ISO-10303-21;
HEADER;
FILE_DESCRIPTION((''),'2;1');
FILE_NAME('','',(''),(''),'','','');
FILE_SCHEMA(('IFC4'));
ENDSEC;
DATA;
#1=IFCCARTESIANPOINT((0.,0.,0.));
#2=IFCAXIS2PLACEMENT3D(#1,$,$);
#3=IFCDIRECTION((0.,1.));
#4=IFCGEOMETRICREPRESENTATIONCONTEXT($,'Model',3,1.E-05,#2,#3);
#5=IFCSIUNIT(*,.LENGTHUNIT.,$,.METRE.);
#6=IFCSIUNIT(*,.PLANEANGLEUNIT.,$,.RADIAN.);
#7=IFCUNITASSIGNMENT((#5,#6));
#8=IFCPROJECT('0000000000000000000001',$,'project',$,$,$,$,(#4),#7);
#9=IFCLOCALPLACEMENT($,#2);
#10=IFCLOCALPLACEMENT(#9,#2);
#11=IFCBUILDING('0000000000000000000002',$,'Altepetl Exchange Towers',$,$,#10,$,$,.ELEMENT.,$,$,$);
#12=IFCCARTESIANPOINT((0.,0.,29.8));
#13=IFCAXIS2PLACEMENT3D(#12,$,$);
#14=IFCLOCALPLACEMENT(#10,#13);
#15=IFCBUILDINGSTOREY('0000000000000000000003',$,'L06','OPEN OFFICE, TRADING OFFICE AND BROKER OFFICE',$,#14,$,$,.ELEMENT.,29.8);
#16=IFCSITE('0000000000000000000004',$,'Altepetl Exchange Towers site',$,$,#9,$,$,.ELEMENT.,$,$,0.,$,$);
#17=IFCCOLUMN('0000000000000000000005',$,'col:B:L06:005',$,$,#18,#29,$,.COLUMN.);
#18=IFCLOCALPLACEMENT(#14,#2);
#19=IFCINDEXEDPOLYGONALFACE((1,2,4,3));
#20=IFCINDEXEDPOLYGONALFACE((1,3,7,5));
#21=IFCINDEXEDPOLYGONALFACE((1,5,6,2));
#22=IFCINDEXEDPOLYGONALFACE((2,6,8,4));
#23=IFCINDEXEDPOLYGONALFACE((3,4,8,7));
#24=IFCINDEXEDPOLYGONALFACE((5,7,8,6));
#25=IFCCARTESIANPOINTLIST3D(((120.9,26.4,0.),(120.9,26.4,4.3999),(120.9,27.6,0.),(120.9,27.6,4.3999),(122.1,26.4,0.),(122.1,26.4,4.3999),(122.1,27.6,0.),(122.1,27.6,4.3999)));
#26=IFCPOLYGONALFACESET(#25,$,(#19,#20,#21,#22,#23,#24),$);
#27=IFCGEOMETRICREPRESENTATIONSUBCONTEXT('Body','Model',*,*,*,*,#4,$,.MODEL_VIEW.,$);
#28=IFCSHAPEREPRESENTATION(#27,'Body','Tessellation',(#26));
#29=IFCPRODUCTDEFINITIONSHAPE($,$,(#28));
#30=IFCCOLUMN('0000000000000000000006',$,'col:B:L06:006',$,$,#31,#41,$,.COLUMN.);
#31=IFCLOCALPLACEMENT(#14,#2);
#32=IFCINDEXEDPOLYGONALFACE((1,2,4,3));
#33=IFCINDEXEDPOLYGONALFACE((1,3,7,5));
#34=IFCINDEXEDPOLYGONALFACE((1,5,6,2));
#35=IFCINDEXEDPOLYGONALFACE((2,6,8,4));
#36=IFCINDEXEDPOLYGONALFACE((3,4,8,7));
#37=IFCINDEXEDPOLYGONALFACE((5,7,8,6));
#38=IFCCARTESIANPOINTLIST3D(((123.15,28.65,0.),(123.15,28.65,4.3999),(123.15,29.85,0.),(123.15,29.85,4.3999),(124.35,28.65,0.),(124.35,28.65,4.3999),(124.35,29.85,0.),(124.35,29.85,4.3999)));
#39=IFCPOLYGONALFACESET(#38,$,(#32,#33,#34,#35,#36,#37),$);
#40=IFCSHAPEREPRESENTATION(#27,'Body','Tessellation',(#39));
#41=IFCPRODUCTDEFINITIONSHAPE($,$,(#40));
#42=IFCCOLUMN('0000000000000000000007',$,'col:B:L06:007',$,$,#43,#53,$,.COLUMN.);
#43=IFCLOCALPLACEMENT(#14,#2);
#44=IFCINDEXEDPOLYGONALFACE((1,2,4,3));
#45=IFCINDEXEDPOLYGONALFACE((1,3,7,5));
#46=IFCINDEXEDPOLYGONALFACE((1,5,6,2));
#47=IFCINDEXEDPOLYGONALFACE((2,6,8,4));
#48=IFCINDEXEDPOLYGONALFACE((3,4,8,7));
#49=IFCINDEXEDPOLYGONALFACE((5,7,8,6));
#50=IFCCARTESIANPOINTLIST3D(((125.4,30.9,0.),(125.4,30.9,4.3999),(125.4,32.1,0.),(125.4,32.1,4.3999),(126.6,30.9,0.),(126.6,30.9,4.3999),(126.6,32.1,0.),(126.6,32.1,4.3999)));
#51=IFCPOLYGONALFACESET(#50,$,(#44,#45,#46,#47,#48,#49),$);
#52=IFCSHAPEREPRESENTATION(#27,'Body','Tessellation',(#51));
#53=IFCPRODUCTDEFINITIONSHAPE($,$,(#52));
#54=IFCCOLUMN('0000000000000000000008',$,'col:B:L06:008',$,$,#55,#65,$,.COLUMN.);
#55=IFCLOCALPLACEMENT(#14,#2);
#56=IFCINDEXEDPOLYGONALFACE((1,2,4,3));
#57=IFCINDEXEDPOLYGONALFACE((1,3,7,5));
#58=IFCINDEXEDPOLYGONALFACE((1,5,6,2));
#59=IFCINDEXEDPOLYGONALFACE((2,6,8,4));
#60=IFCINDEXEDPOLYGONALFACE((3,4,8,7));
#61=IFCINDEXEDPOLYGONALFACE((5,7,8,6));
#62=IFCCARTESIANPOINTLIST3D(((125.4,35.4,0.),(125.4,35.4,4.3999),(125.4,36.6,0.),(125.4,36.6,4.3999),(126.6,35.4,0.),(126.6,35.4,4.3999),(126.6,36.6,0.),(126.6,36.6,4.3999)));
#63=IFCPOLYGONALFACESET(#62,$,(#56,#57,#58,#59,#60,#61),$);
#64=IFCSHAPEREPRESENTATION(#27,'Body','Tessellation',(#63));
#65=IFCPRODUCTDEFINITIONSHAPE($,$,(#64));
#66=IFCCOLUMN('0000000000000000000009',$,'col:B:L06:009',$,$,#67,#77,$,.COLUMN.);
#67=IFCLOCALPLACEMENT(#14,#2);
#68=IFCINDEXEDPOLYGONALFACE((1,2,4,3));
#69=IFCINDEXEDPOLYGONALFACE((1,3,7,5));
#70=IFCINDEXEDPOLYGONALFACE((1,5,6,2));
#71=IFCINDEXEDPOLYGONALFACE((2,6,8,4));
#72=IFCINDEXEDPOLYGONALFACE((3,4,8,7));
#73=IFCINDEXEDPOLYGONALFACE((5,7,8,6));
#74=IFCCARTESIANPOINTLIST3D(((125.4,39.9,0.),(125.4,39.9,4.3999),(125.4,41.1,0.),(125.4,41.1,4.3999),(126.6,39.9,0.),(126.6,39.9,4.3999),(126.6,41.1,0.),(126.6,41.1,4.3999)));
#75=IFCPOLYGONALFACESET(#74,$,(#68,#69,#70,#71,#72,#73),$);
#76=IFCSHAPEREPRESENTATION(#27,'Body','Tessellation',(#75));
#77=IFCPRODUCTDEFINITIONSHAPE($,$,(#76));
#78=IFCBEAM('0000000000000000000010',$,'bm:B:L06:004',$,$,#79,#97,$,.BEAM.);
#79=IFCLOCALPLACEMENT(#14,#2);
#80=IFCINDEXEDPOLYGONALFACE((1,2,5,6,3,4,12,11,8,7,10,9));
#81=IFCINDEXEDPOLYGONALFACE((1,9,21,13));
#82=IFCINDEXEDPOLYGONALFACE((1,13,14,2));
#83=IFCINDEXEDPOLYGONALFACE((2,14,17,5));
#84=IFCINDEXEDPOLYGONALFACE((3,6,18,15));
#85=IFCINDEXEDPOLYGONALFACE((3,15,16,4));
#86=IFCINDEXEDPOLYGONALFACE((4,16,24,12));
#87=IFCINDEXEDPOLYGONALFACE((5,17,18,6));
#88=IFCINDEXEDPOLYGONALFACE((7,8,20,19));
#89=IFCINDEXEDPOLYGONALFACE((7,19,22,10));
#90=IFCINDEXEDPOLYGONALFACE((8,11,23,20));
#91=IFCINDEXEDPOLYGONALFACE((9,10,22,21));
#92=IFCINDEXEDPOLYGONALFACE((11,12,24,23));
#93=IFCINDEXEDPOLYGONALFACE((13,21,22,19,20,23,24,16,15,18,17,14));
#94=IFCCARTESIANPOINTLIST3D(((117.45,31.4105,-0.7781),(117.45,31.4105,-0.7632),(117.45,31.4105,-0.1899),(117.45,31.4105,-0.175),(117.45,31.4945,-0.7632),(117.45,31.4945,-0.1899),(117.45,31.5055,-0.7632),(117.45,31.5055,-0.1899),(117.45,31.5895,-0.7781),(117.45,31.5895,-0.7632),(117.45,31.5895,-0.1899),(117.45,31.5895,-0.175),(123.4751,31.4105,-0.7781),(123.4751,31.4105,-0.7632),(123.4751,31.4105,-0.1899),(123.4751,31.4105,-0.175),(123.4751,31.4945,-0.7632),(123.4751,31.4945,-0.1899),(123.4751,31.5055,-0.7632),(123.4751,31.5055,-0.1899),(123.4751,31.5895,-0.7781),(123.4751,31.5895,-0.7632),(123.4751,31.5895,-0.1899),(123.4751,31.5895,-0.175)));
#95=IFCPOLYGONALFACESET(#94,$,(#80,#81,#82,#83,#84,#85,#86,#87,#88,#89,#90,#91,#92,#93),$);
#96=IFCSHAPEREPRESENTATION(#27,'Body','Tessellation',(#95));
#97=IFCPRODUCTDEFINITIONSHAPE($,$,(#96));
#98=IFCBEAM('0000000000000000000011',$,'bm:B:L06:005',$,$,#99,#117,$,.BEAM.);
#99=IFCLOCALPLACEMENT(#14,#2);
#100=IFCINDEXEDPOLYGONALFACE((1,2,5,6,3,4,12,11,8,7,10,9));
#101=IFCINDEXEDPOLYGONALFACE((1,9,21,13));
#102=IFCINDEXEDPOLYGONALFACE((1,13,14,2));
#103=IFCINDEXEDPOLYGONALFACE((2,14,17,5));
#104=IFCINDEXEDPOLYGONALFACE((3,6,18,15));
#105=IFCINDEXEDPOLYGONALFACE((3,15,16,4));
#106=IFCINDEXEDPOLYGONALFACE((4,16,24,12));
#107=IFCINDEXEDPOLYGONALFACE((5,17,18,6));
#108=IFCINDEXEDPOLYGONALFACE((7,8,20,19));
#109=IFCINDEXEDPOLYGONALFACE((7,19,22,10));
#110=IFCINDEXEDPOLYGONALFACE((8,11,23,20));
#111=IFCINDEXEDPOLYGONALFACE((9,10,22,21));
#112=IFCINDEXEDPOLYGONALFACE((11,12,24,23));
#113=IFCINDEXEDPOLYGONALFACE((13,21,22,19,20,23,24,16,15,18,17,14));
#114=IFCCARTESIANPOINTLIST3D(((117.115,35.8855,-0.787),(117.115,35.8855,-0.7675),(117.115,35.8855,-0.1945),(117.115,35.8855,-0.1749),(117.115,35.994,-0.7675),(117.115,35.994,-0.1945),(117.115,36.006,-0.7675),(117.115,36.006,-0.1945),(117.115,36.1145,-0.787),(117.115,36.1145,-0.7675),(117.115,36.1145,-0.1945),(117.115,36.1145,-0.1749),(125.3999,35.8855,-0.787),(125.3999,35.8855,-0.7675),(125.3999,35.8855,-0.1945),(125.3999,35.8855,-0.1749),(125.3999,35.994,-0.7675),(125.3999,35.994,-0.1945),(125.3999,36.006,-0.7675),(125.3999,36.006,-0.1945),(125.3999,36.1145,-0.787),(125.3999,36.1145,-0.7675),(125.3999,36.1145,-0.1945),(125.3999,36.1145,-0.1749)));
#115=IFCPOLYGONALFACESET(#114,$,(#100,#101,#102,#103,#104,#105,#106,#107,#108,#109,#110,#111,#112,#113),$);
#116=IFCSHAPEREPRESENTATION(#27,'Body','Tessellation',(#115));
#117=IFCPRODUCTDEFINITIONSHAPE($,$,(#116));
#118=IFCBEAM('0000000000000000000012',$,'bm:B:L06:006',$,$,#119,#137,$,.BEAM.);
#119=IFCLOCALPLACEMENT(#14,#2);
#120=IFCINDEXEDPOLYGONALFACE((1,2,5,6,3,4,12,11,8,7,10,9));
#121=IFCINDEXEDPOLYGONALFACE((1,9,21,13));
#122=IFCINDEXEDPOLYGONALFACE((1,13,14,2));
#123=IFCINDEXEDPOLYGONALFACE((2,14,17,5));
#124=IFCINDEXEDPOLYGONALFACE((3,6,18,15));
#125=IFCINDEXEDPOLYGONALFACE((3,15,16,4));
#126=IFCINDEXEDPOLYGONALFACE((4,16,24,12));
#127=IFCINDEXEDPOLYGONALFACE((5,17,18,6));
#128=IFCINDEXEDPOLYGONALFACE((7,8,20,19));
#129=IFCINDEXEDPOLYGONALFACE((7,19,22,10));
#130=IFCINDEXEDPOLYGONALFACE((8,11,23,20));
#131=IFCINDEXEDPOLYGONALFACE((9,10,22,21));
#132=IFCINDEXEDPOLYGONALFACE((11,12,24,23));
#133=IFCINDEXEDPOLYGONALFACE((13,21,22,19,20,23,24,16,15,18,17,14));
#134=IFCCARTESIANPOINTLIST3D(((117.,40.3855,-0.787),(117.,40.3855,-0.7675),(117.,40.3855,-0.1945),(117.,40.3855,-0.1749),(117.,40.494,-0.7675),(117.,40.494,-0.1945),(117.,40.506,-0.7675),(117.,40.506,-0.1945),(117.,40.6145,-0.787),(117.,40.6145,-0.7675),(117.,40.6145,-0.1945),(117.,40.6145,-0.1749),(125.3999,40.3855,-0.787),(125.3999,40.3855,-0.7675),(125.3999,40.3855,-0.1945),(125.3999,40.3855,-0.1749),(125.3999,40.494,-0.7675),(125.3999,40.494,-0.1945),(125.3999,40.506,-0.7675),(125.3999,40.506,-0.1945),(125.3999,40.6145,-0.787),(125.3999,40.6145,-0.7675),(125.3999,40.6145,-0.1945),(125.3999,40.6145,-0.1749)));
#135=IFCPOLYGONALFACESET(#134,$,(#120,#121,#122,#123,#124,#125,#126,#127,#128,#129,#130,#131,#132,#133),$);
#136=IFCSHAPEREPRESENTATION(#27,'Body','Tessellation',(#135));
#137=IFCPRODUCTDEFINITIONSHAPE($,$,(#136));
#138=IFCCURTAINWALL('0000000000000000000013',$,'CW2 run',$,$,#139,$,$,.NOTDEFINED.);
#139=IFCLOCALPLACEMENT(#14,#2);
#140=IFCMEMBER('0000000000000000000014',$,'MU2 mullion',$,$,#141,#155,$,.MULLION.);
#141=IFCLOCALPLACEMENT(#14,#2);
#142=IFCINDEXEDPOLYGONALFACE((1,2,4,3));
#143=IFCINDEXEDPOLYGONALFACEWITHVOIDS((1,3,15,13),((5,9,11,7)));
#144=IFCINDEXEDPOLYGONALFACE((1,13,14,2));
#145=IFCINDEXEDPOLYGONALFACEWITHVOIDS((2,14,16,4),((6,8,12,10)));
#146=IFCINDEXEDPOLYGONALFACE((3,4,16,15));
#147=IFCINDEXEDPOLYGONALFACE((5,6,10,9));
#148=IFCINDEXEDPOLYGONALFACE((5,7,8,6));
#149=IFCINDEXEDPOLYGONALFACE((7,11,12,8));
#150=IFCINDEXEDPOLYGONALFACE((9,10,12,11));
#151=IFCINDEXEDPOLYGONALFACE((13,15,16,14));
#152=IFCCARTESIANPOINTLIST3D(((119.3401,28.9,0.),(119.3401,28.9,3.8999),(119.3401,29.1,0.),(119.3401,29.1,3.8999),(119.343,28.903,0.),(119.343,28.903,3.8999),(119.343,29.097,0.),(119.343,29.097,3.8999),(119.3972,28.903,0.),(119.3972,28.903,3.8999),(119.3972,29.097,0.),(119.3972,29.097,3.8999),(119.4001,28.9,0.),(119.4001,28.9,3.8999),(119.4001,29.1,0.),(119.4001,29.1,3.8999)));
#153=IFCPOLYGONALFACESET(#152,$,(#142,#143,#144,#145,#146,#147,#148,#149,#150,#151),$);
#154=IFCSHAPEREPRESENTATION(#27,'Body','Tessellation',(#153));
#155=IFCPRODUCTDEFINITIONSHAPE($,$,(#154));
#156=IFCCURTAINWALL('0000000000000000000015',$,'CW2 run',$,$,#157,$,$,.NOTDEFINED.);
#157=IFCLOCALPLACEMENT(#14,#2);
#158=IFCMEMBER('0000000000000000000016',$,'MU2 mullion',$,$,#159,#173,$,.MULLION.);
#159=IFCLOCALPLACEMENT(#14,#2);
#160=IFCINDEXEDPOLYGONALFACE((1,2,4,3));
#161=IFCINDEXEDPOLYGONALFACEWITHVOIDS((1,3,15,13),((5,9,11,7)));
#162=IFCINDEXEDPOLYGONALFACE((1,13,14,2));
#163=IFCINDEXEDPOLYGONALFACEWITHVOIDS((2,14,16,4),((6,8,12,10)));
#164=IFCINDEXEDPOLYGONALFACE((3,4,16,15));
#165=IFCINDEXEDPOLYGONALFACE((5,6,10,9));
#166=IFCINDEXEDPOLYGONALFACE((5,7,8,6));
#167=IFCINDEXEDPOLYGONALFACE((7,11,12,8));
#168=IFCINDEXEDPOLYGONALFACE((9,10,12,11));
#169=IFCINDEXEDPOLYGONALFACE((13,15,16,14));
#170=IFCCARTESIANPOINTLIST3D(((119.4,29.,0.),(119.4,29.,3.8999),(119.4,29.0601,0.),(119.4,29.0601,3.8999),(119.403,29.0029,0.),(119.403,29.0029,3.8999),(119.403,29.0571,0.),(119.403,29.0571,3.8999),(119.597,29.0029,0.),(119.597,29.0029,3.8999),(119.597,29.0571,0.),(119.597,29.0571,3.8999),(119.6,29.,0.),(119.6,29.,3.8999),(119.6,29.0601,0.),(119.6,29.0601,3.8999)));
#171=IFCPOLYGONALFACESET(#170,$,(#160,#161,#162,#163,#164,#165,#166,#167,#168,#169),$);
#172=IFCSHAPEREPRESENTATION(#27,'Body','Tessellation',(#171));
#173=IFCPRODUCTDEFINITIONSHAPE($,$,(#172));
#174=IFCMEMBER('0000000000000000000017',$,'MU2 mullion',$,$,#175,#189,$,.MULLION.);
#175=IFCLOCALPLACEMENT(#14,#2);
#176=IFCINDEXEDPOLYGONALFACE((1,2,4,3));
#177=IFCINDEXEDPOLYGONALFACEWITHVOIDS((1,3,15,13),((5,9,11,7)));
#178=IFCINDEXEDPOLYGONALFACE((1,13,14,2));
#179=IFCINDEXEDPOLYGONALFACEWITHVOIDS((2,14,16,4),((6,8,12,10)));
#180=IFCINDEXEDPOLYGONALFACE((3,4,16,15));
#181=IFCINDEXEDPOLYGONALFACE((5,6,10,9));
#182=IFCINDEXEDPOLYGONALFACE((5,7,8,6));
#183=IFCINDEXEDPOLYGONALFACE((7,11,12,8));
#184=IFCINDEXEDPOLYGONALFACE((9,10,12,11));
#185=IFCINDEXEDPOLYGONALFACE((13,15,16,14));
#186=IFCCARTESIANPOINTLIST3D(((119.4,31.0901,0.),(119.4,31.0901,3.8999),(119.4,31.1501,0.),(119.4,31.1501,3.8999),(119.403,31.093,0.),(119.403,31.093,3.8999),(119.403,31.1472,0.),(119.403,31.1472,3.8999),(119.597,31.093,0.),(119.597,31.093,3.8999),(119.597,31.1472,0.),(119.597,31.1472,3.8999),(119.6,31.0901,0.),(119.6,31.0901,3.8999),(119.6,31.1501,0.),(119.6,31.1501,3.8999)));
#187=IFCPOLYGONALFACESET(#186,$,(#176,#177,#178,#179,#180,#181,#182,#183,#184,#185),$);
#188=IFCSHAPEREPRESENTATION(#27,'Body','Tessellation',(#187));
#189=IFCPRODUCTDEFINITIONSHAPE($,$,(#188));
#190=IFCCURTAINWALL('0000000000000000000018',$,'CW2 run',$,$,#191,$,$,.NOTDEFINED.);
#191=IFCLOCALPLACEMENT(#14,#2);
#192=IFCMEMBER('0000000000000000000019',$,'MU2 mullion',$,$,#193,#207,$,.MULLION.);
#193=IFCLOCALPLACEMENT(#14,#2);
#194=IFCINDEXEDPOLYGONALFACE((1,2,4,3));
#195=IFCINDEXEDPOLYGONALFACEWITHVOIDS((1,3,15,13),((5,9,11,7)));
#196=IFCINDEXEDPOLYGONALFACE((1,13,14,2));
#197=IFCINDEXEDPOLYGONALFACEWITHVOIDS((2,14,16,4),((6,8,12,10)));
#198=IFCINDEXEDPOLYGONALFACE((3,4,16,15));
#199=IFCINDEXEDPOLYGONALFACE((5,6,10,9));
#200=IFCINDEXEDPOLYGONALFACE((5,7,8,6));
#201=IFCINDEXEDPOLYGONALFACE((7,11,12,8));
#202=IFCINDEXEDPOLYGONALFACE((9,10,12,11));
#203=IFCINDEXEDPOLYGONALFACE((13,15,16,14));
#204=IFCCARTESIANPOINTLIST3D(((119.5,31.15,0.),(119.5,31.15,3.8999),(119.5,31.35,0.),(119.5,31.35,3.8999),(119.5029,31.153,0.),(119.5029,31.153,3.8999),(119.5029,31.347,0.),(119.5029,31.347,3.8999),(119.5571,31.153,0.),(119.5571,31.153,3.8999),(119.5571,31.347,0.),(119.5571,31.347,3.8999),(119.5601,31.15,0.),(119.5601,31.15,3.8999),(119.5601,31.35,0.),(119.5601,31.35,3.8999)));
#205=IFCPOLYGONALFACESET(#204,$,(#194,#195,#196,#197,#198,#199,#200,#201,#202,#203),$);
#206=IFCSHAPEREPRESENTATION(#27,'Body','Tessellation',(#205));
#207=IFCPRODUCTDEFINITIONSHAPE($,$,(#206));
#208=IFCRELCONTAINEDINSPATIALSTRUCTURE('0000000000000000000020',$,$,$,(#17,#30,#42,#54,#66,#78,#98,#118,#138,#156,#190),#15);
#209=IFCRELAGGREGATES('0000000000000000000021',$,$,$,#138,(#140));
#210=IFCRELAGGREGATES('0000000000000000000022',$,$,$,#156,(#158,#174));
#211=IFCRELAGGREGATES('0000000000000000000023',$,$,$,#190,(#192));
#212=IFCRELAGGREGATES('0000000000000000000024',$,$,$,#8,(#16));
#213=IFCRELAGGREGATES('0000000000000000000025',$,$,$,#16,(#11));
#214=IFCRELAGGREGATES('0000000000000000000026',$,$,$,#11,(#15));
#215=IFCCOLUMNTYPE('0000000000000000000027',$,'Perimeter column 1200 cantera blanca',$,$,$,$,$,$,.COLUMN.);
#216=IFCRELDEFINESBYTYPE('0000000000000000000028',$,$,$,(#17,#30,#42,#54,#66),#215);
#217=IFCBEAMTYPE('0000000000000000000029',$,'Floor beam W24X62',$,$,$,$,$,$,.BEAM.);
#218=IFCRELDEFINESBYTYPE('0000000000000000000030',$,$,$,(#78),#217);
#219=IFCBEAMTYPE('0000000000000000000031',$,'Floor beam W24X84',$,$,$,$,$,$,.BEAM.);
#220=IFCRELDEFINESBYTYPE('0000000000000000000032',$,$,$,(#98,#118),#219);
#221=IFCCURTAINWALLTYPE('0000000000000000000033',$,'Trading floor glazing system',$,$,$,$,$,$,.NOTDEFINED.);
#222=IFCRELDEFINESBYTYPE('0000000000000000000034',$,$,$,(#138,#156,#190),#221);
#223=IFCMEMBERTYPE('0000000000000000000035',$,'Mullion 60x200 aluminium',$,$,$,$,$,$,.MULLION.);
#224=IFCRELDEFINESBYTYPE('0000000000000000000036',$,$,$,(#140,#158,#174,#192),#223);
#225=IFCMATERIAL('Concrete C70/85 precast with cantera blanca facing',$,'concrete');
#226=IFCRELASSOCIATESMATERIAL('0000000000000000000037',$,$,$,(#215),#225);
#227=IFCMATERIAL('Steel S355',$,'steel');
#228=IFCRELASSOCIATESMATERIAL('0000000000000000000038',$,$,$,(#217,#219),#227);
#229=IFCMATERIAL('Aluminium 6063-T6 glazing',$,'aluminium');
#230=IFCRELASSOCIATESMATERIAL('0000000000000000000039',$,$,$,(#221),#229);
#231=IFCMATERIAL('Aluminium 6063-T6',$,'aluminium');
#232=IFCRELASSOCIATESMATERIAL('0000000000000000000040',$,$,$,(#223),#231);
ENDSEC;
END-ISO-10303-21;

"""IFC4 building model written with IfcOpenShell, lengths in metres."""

from ifc_helpers import new_model, si_unit, direction, frame, origin, origin_2d, place, context, subcontext, project, spatial, rectangle, hollow_rectangle, i_section, extrude, material, material_profile, profile_set, type_object, element, aggregate, save


model = new_model("IFC4")

# Units and contexts
model_context = context("Model", 3, precision=1e-05, world=origin(), true_north=direction((0.0, 1.0)))
body_context = subcontext(model_context, "Body", "Model", "MODEL_VIEW")
ifc_project = project(units=[si_unit("LENGTHUNIT", "METRE"), si_unit("PLANEANGLEUNIT", "RADIAN")], contexts=[model_context])

# Site, building, storey
site_placement = place(None, origin())
site = spatial("IfcSite", under=ifc_project, at=site_placement, Name="Altepetl Exchange Towers site", CompositionType="ELEMENT", RefElevation=0.0)
building_placement = place(site_placement, origin())
building = spatial("IfcBuilding", under=site, at=building_placement, Name="Altepetl Exchange Towers", CompositionType="ELEMENT")
storey_placement = place(building_placement, frame((0.0, 0.0, 29.8)))
storey = spatial("IfcBuildingStorey", under=building, at=storey_placement, Name="L06", Description="OPEN OFFICE, TRADING OFFICE AND BROKER OFFICE", CompositionType="ELEMENT", Elevation=29.8)

# Columns
ifc_material_1 = material(Name="Concrete C70/85 precast with cantera blanca facing", Category="concrete")
ifc_material_profile_1 = material_profile(ifc_material_1, rectangle(XDim=1.2, YDim=1.2, at=origin_2d()), Name="1200 x 1200")
ifc_profile_set_1 = profile_set([ifc_material_profile_1], Name="Concrete C70/85 precast with cantera blanca facing")
column_type = type_object("IfcColumnType", Name="Perimeter column 1200 cantera blanca", PredefinedType="COLUMN", material=ifc_profile_set_1)
for number, where, name in (
    (1, (121.5, 27.0, 0.0), "col:B:L06:005"),
    (2, (123.75, 29.25, 0.0), "col:B:L06:006"),
    (3, (126.0, 31.5, 0.0), "col:B:L06:007"),
    (4, (126.0, 36.0, 0.0), "col:B:L06:008"),
    (5, (126.0, 40.5, 0.0), "col:B:L06:009"),
):
    element("IfcColumn", number, at=place(storey_placement, frame(where)), inside=storey, type_object=column_type, Name=name, PredefinedType="COLUMN", context=body_context, shape_type="SweptSolid", body=[
        extrude(rectangle(XDim=1.2, YDim=1.2, at=origin_2d()), origin(), (0.0, 0.0, 1.0), 4.3999),
    ])

# Beams
ifc_material_2 = material(Name="Steel S355", Category="steel")
ifc_material_profile_2 = material_profile(ifc_material_2, i_section(OverallWidth=0.179, OverallDepth=0.603, WebThickness=0.011, FlangeThickness=0.0149, at=origin_2d()), Name="W24X62")
ifc_profile_set_2 = profile_set([ifc_material_profile_2], Name="Steel S355")
beam_type_1 = type_object("IfcBeamType", Name="Floor beam W24X62", PredefinedType="BEAM", material=ifc_profile_set_2)
beam_1_placement = place(storey_placement, frame((117.45, 31.5, -0.4766), z_axis=(1.0, 0.0, 0.0), x_axis=(0.0, 1.0, 0.0)))
element("IfcBeam", 6, at=beam_1_placement, inside=storey, type_object=beam_type_1, Name="bm:B:L06:004", PredefinedType="BEAM", context=body_context, shape_type="SweptSolid", body=[
    extrude(i_section(OverallWidth=0.179, OverallDepth=0.603, WebThickness=0.011, FlangeThickness=0.0149, at=origin_2d()), origin(), (0.0, 0.0, 1.0), 6.0251),
])
ifc_material_profile_3 = material_profile(ifc_material_2, i_section(OverallWidth=0.229, OverallDepth=0.6121, WebThickness=0.012, FlangeThickness=0.0195, at=origin_2d()), Name="W24X84")
ifc_profile_set_3 = profile_set([ifc_material_profile_3], Name="Steel S355")
beam_type_2 = type_object("IfcBeamType", Name="Floor beam W24X84", PredefinedType="BEAM", material=ifc_profile_set_3)
beam_2_placement = place(storey_placement, frame((117.115, 36.0, -0.481), z_axis=(1.0, 0.0, 0.0), x_axis=(0.0, 1.0, 0.0)))
element("IfcBeam", 7, at=beam_2_placement, inside=storey, type_object=beam_type_2, Name="bm:B:L06:005", PredefinedType="BEAM", context=body_context, shape_type="SweptSolid", body=[
    extrude(i_section(OverallWidth=0.229, OverallDepth=0.6121, WebThickness=0.012, FlangeThickness=0.0195, at=origin_2d()), origin(), (0.0, 0.0, 1.0), 8.2849),
])
beam_3_placement = place(storey_placement, frame((117.0, 40.5, -0.481), z_axis=(1.0, 0.0, 0.0), x_axis=(0.0, 1.0, 0.0)))
element("IfcBeam", 8, at=beam_3_placement, inside=storey, type_object=beam_type_2, Name="bm:B:L06:006", PredefinedType="BEAM", context=body_context, shape_type="SweptSolid", body=[
    extrude(i_section(OverallWidth=0.229, OverallDepth=0.6121, WebThickness=0.012, FlangeThickness=0.0195, at=origin_2d()), origin(), (0.0, 0.0, 1.0), 8.3999),
])

# Curtain wall, member
ifc_material_3 = material(Name="Aluminium 6063-T6 glazing", Category="aluminium")
curtain_wall_type = type_object("IfcCurtainWallType", Name="Trading floor glazing system", PredefinedType="NOTDEFINED", material=ifc_material_3)
curtain_wall_1_placement = place(storey_placement, origin())
curtain_wall_1 = element("IfcCurtainWall", 9, at=curtain_wall_1_placement, inside=storey, type_object=curtain_wall_type, Name="CW2 run", PredefinedType="NOTDEFINED")
ifc_material_4 = material(Name="Aluminium 6063-T6", Category="aluminium")
ifc_material_profile_4 = material_profile(ifc_material_4, hollow_rectangle(XDim=0.0601, YDim=0.2, WallThickness=0.0029, at=origin_2d()), Name="Mullion 60x200 aluminium")
ifc_profile_set_4 = profile_set([ifc_material_profile_4], Name="Aluminium 6063-T6")
member_type = type_object("IfcMemberType", Name="Mullion 60x200 aluminium", PredefinedType="MULLION", material=ifc_profile_set_4)
member_1_placement = place(storey_placement, frame((119.3701, 29.0, 0.0)))
member_1 = element("IfcMember", 10, at=member_1_placement, type_object=member_type, Name="MU2 mullion", PredefinedType="MULLION", context=body_context, shape_type="SweptSolid", body=[
    extrude(hollow_rectangle(XDim=0.0601, YDim=0.2, WallThickness=0.0029, at=origin_2d()), origin(), (0.0, 0.0, 1.0), 3.8999),
])

# Curtain walls, members
curtain_wall_2_placement = place(storey_placement, origin())
curtain_wall_2 = element("IfcCurtainWall", 11, at=curtain_wall_2_placement, inside=storey, type_object=curtain_wall_type, Name="CW2 run", PredefinedType="NOTDEFINED")
member_2_placement = place(storey_placement, frame((119.5, 29.03, 0.0), z_axis=(0.0, 0.0, 1.0), x_axis=(0.0, 1.0, 0.0)))
member_2 = element("IfcMember", 12, at=member_2_placement, type_object=member_type, Name="MU2 mullion", PredefinedType="MULLION", context=body_context, shape_type="SweptSolid", body=[
    extrude(hollow_rectangle(XDim=0.0601, YDim=0.2, WallThickness=0.0029, at=origin_2d()), origin(), (0.0, 0.0, 1.0), 3.8999),
])
member_3_placement = place(storey_placement, frame((119.5, 31.1201, 0.0), z_axis=(0.0, 0.0, 1.0), x_axis=(0.0, 1.0, 0.0)))
member_3 = element("IfcMember", 13, at=member_3_placement, type_object=member_type, Name="MU2 mullion", PredefinedType="MULLION", context=body_context, shape_type="SweptSolid", body=[
    extrude(hollow_rectangle(XDim=0.0601, YDim=0.2, WallThickness=0.0029, at=origin_2d()), origin(), (0.0, 0.0, 1.0), 3.8999),
])
curtain_wall_3_placement = place(storey_placement, origin())
curtain_wall_3 = element("IfcCurtainWall", 14, at=curtain_wall_3_placement, inside=storey, type_object=curtain_wall_type, Name="CW2 run", PredefinedType="NOTDEFINED")
member_4_placement = place(storey_placement, frame((119.53, 31.25, 0.0)))
member_4 = element("IfcMember", 15, at=member_4_placement, type_object=member_type, Name="MU2 mullion", PredefinedType="MULLION", context=body_context, shape_type="SweptSolid", body=[
    extrude(hollow_rectangle(XDim=0.0601, YDim=0.2, WallThickness=0.0029, at=origin_2d()), origin(), (0.0, 0.0, 1.0), 3.8999),
])

aggregate(curtain_wall_1, [member_1])
aggregate(curtain_wall_2, [member_2, member_3])
aggregate(curtain_wall_3, [member_4])

save(model, "model.ifc")
